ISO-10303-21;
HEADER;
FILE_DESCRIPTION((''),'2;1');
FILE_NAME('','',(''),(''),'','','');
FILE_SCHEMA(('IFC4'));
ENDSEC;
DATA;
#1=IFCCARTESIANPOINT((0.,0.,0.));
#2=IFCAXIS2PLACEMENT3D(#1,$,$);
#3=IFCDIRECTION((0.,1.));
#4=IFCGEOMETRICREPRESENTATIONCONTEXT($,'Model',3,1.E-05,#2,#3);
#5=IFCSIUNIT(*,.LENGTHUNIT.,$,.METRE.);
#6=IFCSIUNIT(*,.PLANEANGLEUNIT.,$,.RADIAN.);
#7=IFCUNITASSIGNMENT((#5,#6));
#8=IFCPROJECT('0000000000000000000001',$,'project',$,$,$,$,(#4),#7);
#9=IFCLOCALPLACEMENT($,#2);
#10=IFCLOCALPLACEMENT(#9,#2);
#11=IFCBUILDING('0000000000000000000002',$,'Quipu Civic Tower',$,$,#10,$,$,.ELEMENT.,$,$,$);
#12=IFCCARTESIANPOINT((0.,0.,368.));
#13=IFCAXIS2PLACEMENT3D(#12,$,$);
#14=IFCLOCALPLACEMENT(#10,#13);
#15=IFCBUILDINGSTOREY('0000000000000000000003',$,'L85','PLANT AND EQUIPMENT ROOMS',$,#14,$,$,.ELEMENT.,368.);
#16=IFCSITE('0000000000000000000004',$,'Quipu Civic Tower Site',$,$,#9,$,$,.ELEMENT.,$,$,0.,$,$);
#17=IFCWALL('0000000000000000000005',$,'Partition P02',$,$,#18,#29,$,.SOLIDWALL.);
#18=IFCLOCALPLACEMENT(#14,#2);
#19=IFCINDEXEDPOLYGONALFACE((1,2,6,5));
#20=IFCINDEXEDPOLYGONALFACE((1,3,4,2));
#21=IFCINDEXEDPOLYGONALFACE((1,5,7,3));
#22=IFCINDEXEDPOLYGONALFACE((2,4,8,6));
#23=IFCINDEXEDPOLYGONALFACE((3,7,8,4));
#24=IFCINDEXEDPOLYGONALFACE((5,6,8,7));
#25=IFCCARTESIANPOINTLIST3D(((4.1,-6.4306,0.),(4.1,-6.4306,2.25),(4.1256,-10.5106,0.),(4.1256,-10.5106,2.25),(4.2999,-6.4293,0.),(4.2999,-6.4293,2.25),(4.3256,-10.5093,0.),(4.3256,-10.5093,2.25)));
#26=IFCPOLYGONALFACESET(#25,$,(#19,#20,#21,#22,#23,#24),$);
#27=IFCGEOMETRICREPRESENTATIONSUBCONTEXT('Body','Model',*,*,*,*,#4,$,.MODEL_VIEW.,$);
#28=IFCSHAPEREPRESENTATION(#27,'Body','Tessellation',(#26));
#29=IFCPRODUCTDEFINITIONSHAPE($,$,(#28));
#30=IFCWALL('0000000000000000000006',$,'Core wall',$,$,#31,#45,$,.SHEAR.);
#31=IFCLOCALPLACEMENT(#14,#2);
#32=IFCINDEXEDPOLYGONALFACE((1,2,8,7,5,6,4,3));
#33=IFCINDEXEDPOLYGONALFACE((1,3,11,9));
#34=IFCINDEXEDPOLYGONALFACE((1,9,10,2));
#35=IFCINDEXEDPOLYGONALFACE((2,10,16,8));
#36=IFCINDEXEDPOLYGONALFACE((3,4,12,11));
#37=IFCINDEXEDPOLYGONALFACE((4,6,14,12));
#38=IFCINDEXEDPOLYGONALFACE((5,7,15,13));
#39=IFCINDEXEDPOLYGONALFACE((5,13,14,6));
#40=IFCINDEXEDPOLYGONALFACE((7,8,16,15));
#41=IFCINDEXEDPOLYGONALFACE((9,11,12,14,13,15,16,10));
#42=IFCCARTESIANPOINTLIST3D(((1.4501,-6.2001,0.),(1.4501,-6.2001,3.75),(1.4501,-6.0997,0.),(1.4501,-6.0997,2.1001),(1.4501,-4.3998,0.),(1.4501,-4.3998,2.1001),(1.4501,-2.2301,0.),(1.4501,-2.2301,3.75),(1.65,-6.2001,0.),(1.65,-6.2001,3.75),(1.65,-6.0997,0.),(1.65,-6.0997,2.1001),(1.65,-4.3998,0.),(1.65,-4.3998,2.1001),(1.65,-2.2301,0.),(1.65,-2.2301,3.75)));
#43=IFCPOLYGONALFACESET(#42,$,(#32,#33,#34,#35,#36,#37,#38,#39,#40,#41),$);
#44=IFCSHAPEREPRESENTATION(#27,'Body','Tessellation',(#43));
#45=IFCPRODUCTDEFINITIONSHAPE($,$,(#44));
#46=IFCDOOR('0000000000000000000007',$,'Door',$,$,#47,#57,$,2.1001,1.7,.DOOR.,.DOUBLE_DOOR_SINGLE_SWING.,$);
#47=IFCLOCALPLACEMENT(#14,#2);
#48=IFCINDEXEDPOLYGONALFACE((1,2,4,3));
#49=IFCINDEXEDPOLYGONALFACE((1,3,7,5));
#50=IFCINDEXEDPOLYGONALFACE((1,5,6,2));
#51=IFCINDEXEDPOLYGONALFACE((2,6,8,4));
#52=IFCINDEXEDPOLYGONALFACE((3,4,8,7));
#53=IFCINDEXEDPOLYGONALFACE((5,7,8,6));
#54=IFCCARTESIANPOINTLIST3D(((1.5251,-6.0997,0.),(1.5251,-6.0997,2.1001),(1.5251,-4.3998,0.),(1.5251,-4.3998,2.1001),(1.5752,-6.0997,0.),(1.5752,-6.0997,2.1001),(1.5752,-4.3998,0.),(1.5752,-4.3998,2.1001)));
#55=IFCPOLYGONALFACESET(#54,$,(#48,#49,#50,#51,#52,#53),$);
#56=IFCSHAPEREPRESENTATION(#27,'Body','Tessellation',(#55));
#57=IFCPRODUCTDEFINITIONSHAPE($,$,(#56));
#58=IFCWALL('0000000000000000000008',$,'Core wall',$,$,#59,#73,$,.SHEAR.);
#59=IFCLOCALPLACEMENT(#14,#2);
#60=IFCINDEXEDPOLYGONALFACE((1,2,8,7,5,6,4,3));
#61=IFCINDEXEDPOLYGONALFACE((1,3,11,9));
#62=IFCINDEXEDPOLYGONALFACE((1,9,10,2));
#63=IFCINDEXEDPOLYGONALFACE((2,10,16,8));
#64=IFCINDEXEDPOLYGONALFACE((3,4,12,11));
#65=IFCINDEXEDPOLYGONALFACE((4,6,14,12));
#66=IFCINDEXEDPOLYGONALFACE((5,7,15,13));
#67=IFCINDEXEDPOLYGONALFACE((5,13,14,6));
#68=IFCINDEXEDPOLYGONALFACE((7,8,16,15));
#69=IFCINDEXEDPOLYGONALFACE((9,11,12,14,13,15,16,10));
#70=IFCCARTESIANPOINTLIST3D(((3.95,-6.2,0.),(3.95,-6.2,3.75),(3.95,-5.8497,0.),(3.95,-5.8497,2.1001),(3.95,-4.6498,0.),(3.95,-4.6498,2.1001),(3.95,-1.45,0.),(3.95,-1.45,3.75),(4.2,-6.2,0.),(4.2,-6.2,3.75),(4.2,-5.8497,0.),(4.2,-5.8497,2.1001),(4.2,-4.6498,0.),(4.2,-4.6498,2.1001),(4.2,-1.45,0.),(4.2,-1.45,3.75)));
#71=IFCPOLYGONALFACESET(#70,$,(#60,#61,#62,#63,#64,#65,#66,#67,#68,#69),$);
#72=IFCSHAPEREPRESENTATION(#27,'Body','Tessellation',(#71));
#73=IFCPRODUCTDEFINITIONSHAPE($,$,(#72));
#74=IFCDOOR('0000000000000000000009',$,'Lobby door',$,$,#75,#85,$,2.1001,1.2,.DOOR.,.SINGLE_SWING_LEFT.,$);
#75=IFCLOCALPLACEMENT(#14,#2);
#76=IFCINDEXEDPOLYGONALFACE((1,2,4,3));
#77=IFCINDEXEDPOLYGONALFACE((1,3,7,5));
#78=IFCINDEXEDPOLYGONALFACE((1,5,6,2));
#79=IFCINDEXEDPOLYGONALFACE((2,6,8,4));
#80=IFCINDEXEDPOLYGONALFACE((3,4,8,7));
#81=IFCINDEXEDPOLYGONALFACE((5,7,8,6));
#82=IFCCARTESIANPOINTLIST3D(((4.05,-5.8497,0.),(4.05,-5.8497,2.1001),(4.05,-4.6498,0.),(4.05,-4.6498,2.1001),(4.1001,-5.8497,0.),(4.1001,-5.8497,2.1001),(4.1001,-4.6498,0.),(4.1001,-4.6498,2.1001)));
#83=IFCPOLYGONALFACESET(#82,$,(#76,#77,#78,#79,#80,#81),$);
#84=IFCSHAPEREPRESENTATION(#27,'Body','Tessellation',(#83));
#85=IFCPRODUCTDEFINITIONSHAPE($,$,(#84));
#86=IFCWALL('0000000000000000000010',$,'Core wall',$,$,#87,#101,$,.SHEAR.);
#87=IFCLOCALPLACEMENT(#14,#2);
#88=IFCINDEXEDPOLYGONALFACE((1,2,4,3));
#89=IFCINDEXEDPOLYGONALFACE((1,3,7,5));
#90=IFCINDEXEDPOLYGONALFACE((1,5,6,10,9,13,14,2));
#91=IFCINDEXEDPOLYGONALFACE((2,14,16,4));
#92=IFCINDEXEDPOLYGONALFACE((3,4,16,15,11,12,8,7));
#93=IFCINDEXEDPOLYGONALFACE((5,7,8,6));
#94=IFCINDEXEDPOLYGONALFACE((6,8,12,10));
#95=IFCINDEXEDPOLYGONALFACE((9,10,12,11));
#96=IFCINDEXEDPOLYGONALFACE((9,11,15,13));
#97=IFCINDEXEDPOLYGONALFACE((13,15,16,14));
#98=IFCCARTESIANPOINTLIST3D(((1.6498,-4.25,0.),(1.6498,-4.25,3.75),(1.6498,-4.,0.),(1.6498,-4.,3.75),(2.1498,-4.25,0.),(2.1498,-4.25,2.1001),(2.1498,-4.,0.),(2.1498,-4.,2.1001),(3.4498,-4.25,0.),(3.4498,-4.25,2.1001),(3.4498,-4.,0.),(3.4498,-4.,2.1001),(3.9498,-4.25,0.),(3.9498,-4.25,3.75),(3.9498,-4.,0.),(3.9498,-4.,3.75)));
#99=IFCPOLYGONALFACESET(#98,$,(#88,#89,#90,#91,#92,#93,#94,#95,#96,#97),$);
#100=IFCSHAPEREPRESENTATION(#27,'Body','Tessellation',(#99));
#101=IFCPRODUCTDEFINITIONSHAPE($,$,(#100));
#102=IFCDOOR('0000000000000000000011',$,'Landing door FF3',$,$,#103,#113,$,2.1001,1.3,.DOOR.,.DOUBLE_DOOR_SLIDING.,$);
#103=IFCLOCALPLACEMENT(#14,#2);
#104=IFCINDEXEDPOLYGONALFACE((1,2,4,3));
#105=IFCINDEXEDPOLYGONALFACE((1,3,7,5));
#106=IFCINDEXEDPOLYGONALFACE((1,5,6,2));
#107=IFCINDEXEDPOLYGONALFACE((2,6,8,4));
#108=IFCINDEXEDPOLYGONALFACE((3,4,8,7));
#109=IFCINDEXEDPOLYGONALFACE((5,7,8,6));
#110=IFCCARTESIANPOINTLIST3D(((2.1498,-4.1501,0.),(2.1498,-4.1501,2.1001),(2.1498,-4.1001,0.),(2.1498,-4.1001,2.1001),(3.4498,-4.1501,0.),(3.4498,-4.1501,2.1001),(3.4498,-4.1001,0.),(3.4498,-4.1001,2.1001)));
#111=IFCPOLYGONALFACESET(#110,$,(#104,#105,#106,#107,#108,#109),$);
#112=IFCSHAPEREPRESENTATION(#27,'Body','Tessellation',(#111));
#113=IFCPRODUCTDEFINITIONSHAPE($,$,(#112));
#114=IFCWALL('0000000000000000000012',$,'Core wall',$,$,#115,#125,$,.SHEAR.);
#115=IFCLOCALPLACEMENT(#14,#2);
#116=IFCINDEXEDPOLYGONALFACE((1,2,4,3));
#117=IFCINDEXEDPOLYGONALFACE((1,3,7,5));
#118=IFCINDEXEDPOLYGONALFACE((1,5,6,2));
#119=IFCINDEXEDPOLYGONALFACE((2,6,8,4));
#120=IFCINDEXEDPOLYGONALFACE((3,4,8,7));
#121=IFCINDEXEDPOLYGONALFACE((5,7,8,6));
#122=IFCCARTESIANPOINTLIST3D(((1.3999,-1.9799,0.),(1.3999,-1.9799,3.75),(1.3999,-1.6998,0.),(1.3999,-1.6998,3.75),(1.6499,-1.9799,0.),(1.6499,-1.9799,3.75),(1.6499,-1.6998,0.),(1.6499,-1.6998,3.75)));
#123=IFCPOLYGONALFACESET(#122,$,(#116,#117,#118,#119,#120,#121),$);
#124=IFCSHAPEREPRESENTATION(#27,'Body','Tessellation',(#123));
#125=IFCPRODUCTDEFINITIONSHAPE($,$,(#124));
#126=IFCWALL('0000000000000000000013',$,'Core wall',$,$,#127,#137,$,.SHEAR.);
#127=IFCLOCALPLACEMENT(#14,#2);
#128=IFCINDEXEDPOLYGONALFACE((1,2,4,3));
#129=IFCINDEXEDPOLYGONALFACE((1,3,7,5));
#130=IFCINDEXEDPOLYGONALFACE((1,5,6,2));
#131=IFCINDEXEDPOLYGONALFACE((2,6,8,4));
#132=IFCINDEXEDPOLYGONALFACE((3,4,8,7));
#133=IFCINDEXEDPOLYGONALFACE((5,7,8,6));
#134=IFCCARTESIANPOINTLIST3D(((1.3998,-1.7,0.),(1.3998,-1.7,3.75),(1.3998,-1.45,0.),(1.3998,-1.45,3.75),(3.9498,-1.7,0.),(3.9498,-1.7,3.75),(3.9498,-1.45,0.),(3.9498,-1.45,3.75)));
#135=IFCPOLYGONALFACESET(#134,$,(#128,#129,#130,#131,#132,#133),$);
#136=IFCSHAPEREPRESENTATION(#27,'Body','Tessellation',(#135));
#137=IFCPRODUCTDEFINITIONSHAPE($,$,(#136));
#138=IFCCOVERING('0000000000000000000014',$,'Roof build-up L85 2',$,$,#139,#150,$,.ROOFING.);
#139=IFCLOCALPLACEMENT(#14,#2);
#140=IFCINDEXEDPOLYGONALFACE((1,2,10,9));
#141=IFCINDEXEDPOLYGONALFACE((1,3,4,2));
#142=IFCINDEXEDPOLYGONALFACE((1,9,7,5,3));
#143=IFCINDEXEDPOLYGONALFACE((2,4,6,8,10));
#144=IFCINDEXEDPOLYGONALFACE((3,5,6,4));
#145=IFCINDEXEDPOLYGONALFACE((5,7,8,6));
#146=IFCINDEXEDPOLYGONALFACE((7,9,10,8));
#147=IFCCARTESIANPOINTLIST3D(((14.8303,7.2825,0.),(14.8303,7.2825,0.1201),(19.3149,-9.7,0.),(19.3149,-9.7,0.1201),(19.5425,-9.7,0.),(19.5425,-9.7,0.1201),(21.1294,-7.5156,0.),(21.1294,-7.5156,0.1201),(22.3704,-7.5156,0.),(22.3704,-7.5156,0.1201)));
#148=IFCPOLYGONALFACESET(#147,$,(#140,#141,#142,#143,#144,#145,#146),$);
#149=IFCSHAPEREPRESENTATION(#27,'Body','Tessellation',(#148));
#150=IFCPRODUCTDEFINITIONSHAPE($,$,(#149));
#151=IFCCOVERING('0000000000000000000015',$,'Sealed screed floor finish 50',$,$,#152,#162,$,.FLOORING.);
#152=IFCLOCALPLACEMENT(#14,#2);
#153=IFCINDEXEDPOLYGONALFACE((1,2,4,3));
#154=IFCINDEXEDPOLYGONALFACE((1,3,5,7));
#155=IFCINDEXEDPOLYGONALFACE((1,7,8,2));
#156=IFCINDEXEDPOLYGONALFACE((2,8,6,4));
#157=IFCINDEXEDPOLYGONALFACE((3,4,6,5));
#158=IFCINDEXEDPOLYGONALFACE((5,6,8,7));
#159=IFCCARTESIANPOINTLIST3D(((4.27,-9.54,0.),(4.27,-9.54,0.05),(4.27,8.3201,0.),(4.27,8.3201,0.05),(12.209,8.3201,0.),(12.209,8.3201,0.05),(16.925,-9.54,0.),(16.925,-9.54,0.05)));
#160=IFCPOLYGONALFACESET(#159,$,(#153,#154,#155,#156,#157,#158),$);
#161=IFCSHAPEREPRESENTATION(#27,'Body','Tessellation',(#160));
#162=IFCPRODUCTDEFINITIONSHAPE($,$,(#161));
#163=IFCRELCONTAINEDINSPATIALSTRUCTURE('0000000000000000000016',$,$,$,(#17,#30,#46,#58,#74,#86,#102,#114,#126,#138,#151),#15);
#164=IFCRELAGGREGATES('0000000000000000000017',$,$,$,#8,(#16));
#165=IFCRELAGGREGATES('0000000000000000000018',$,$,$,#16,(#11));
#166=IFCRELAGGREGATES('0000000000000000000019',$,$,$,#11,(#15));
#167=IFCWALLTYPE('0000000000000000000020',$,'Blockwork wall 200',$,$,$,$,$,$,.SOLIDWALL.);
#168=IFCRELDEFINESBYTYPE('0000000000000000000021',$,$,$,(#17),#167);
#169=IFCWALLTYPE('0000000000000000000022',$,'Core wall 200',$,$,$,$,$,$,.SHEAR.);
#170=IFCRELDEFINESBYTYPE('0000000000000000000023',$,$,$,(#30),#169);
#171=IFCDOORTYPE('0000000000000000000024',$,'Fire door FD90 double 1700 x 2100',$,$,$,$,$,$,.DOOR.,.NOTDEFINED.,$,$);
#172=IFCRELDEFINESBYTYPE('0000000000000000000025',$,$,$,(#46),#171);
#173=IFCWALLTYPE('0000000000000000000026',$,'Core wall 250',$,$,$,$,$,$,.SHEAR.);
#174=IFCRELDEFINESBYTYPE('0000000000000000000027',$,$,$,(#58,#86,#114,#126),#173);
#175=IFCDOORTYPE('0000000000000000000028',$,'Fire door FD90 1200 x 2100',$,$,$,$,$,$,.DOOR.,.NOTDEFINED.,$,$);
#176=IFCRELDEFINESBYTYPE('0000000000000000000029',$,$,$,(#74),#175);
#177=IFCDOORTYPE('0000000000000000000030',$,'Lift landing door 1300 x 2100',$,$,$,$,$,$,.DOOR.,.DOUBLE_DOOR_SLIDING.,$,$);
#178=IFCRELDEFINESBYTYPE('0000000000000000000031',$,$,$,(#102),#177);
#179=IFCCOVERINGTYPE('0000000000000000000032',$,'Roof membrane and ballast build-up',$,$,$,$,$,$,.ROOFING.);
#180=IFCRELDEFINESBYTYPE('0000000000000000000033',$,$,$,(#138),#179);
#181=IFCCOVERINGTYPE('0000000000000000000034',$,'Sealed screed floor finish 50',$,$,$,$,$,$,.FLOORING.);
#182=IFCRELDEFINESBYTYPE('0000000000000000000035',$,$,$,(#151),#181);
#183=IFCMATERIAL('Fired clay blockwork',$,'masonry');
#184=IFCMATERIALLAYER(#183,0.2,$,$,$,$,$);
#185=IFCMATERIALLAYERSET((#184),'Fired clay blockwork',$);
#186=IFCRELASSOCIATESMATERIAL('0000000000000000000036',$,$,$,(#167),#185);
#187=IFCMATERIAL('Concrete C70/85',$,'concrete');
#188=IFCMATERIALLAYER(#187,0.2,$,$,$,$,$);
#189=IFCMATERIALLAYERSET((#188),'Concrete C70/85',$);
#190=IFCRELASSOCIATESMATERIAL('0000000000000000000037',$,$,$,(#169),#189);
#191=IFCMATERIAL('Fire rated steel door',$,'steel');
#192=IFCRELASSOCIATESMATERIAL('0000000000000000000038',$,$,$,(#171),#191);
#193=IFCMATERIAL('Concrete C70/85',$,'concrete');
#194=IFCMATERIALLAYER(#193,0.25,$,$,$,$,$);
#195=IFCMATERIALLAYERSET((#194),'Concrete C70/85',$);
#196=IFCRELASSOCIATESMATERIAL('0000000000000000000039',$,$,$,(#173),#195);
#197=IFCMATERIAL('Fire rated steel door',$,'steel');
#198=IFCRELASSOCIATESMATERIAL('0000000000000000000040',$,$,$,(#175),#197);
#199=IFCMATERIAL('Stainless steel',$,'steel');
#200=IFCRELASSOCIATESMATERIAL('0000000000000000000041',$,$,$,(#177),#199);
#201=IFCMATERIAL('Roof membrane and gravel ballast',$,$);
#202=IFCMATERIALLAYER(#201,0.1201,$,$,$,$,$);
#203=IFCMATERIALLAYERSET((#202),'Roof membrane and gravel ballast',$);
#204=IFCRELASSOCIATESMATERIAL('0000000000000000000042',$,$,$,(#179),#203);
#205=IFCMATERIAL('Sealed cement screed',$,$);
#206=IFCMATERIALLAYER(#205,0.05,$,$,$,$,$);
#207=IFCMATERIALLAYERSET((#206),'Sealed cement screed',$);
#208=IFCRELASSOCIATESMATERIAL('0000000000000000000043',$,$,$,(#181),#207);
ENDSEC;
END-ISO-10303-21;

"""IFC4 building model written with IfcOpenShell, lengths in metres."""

from ifc_helpers import new_model, si_unit, direction, frame, frame_2d, origin, place, context, subcontext, project, spatial, polyline, rectangle, outline, extrude, material, layer, layer_set, type_object, element, fill, save


model = new_model("IFC4")

# Units and contexts
model_context = context("Model", 3, precision=1e-05, world=origin(), true_north=direction((0.0, 1.0)))
body_context = subcontext(model_context, "Body", "Model", "MODEL_VIEW")
ifc_project = project(units=[si_unit("LENGTHUNIT", "METRE"), si_unit("PLANEANGLEUNIT", "RADIAN")], contexts=[model_context])

# Site, building, storey
site_placement = place(None, origin())
site = spatial("IfcSite", under=ifc_project, at=site_placement, Name="Quipu Civic Tower Site", CompositionType="ELEMENT", RefElevation=0.0)
building_placement = place(site_placement, origin())
building = spatial("IfcBuilding", under=site, at=building_placement, Name="Quipu Civic Tower", CompositionType="ELEMENT")
storey_placement = place(building_placement, frame((0.0, 0.0, 368.0)))
storey = spatial("IfcBuildingStorey", under=building, at=storey_placement, Name="L85", Description="PLANT AND EQUIPMENT ROOMS", CompositionType="ELEMENT", Elevation=368.0)

# Shared definitions
ifc_material_1 = material(Name="Fired clay blockwork", Category="masonry")
ifc_layer_1 = layer(ifc_material_1, 0.2)
ifc_layer_set_1 = layer_set([ifc_layer_1], Name="Fired clay blockwork")
wall_type_1 = type_object("IfcWallType", Name="Blockwork wall 200", PredefinedType="SOLIDWALL", material=ifc_layer_set_1)

# Wall
wall_1_placement = place(storey_placement, frame((4.2, -6.4299, 0.0), z_axis=(0.0, 0.0, 1.0), x_axis=(0.006283, -0.99998, 0.0)))
element("IfcWall", 1, at=wall_1_placement, inside=storey, type_object=wall_type_1, Name="Partition P02", PredefinedType="SOLIDWALL", context=body_context, shape_type="SweptSolid", body=[
    extrude(rectangle(XDim=4.0801, YDim=0.2, at=frame_2d((2.04, 0.0))), origin(), (0.0, 0.0, 1.0), 2.25),
])

# Walls, openings, doors
ifc_material_2 = material(Name="Concrete C70/85", Category="concrete")
ifc_layer_2 = layer(ifc_material_2, 0.2)
ifc_layer_set_2 = layer_set([ifc_layer_2], Name="Concrete C70/85")
wall_type_2 = type_object("IfcWallType", Name="Core wall 200", PredefinedType="SHEAR", material=ifc_layer_set_2)
wall_2_placement = place(storey_placement, frame((1.55, -6.2, 0.0), z_axis=(0.0, 0.0, 1.0), x_axis=(0.0, 1.0, 0.0)))
wall_2 = element("IfcWall", 2, at=wall_2_placement, inside=storey, type_object=wall_type_2, Name="Core wall", PredefinedType="SHEAR", context=body_context, shape_type="SweptSolid", body=[
    extrude(rectangle(XDim=3.97, YDim=0.2, at=frame_2d((1.9849, 0.0))), origin(), (0.0, 0.0, 1.0), 3.75),
])
opening_1_placement = place(wall_2_placement, frame((0.1001, 0.0, 0.0)))
opening_1 = element("IfcOpeningElement", 3, at=opening_1_placement, cuts=wall_2, PredefinedType="OPENING", context=body_context, shape_type="SweptSolid", body=[
    extrude(rectangle(XDim=1.7, YDim=2.1001, at=frame_2d((0.8501, 1.05))), frame((0.0, 0.1099, 0.0), z_axis=(0.0, -1.0, 0.0), x_axis=(1.0, 0.0, 0.0)), (0.0, 0.0, 1.0), 0.22),
])
ifc_material_3 = material(Name="Fire rated steel door", Category="steel")
door_type_1 = type_object("IfcDoorType", Name="Fire door FD90 double 1700 x 2100", OperationType="NOTDEFINED", PredefinedType="DOOR", material=ifc_material_3)
door_1_placement = place(opening_1_placement, origin())
door_1 = element("IfcDoor", 4, at=door_1_placement, inside=storey, type_object=door_type_1, Name="Door", OperationType="DOUBLE_DOOR_SINGLE_SWING", OverallHeight=2.1001, OverallWidth=1.7, PredefinedType="DOOR", context=body_context, shape_type="SweptSolid", body=[
    extrude(rectangle(XDim=1.7, YDim=2.1001, at=frame_2d((0.8501, 1.05))), frame((0.0, 0.0249, 0.0), z_axis=(0.0, -1.0, 0.0), x_axis=(1.0, 0.0, 0.0)), (0.0, 0.0, 1.0), 0.05),
])
fill(opening_1, door_1)
ifc_material_4 = material(Name="Concrete C70/85", Category="concrete")
ifc_layer_3 = layer(ifc_material_4, 0.25)
ifc_layer_set_3 = layer_set([ifc_layer_3], Name="Concrete C70/85")
wall_type_3 = type_object("IfcWallType", Name="Core wall 250", PredefinedType="SHEAR", material=ifc_layer_set_3)
wall_3_placement = place(storey_placement, frame((4.075, -6.2, 0.0), z_axis=(0.0, 0.0, 1.0), x_axis=(0.0, 1.0, 0.0)))
wall_3 = element("IfcWall", 5, at=wall_3_placement, inside=storey, type_object=wall_type_3, Name="Core wall", PredefinedType="SHEAR", context=body_context, shape_type="SweptSolid", body=[
    extrude(rectangle(XDim=4.75, YDim=0.25, at=frame_2d((2.375, 0.0))), origin(), (0.0, 0.0, 1.0), 3.75),
])
opening_2_placement = place(wall_3_placement, frame((0.3501, 0.0, 0.0)))
opening_2 = element("IfcOpeningElement", 6, at=opening_2_placement, cuts=wall_3, PredefinedType="OPENING", context=body_context, shape_type="SweptSolid", body=[
    extrude(rectangle(XDim=1.2, YDim=2.1001, at=frame_2d((0.6001, 1.05))), frame((0.0, 0.135, 0.0), z_axis=(0.0, -1.0, 0.0), x_axis=(1.0, 0.0, 0.0)), (0.0, 0.0, 1.0), 0.27),
])
ifc_material_5 = material(Name="Fire rated steel door", Category="steel")
door_type_2 = type_object("IfcDoorType", Name="Fire door FD90 1200 x 2100", OperationType="NOTDEFINED", PredefinedType="DOOR", material=ifc_material_5)
door_2_placement = place(opening_2_placement, origin())
door_2 = element("IfcDoor", 7, at=door_2_placement, inside=storey, type_object=door_type_2, Name="Lobby door", OperationType="SINGLE_SWING_LEFT", OverallHeight=2.1001, OverallWidth=1.2, PredefinedType="DOOR", context=body_context, shape_type="SweptSolid", body=[
    extrude(rectangle(XDim=1.2, YDim=2.1001, at=frame_2d((0.6001, 1.05))), frame((0.0, 0.0249, 0.0), z_axis=(0.0, -1.0, 0.0), x_axis=(1.0, 0.0, 0.0)), (0.0, 0.0, 1.0), 0.05),
])
fill(opening_2, door_2)
wall_4_placement = place(storey_placement, frame((1.6499, -4.125, 0.0), z_axis=(0.0, 0.0, 1.0), x_axis=(1.0, 0.0, 0.0)))
wall_4 = element("IfcWall", 8, at=wall_4_placement, inside=storey, type_object=wall_type_3, Name="Core wall", PredefinedType="SHEAR", context=body_context, shape_type="SweptSolid", body=[
    extrude(rectangle(XDim=2.3, YDim=0.25, at=frame_2d((1.1499, 0.0))), origin(), (0.0, 0.0, 1.0), 3.75),
])
opening_3_placement = place(wall_4_placement, frame((0.5, 0.0, 0.0)))
opening_3 = element("IfcOpeningElement", 9, at=opening_3_placement, cuts=wall_4, PredefinedType="OPENING", context=body_context, shape_type="SweptSolid", body=[
    extrude(rectangle(XDim=1.3, YDim=2.1001, at=frame_2d((0.6499, 1.05))), frame((0.0, 0.135, 0.0), z_axis=(0.0, -1.0, 0.0), x_axis=(1.0, 0.0, 0.0)), (0.0, 0.0, 1.0), 0.27),
])
ifc_material_6 = material(Name="Stainless steel", Category="steel")
door_type_3 = type_object("IfcDoorType", Name="Lift landing door 1300 x 2100", OperationType="DOUBLE_DOOR_SLIDING", PredefinedType="DOOR", material=ifc_material_6)
door_3_placement = place(opening_3_placement, origin())
door_3 = element("IfcDoor", 10, at=door_3_placement, inside=storey, type_object=door_type_3, Name="Landing door FF3", OperationType="DOUBLE_DOOR_SLIDING", OverallHeight=2.1001, OverallWidth=1.3, PredefinedType="DOOR", context=body_context, shape_type="SweptSolid", body=[
    extrude(rectangle(XDim=1.3, YDim=2.1001, at=frame_2d((0.6499, 1.05))), frame((0.0, 0.0249, 0.0), z_axis=(0.0, -1.0, 0.0), x_axis=(1.0, 0.0, 0.0)), (0.0, 0.0, 1.0), 0.05),
])
fill(opening_3, door_3)

# Walls
wall_5_placement = place(storey_placement, frame((1.5249, -1.98, 0.0), z_axis=(0.0, 0.0, 1.0), x_axis=(0.0, 1.0, 0.0)))
element("IfcWall", 11, at=wall_5_placement, inside=storey, type_object=wall_type_3, Name="Core wall", PredefinedType="SHEAR", context=body_context, shape_type="SweptSolid", body=[
    extrude(rectangle(XDim=0.28, YDim=0.25, at=frame_2d((0.1401, 0.0))), origin(), (0.0, 0.0, 1.0), 3.75),
])
wall_6_placement = place(storey_placement, frame((1.3999, -1.575, 0.0), z_axis=(0.0, 0.0, 1.0), x_axis=(1.0, 0.0, 0.0)))
element("IfcWall", 12, at=wall_6_placement, inside=storey, type_object=wall_type_3, Name="Core wall", PredefinedType="SHEAR", context=body_context, shape_type="SweptSolid", body=[
    extrude(rectangle(XDim=2.55, YDim=0.25, at=frame_2d((1.2749, 0.0))), origin(), (0.0, 0.0, 1.0), 3.75),
])

# Coverings
ifc_material_7 = material(Name="Roof membrane and gravel ballast")
ifc_layer_4 = layer(ifc_material_7, 0.1201)
ifc_layer_set_4 = layer_set([ifc_layer_4], Name="Roof membrane and gravel ballast")
covering_type_1 = type_object("IfcCoveringType", Name="Roof membrane and ballast build-up", PredefinedType="ROOFING", material=ifc_layer_set_4)
covering_1_placement = place(storey_placement, origin())
element("IfcCovering", 13, at=covering_1_placement, inside=storey, type_object=covering_type_1, Name="Roof build-up L85 2", PredefinedType="ROOFING", context=body_context, shape_type="SweptSolid", body=[
    extrude(outline(polyline([(14.8303, 7.2825), (22.3704, -7.5156), (21.1294, -7.5156), (19.5425, -9.7), (19.3149, -9.7), (14.8303, 7.2825)])), origin(), (0.0, 0.0, 1.0), 0.1201),
])
ifc_material_8 = material(Name="Sealed cement screed")
ifc_layer_5 = layer(ifc_material_8, 0.05)
ifc_layer_set_5 = layer_set([ifc_layer_5], Name="Sealed cement screed")
covering_type_2 = type_object("IfcCoveringType", Name="Sealed screed floor finish 50", PredefinedType="FLOORING", material=ifc_layer_set_5)
covering_2_placement = place(storey_placement, origin())
element("IfcCovering", 14, at=covering_2_placement, inside=storey, type_object=covering_type_2, Name="Sealed screed floor finish 50", PredefinedType="FLOORING", context=body_context, shape_type="SweptSolid", body=[
    extrude(outline(polyline([(4.27, 8.3201), (12.209, 8.3201), (16.925, -9.54), (4.27, -9.54), (4.27, 8.3201)])), origin(), (0.0, 0.0, 1.0), 0.05),
])

save(model, "model.ifc")
